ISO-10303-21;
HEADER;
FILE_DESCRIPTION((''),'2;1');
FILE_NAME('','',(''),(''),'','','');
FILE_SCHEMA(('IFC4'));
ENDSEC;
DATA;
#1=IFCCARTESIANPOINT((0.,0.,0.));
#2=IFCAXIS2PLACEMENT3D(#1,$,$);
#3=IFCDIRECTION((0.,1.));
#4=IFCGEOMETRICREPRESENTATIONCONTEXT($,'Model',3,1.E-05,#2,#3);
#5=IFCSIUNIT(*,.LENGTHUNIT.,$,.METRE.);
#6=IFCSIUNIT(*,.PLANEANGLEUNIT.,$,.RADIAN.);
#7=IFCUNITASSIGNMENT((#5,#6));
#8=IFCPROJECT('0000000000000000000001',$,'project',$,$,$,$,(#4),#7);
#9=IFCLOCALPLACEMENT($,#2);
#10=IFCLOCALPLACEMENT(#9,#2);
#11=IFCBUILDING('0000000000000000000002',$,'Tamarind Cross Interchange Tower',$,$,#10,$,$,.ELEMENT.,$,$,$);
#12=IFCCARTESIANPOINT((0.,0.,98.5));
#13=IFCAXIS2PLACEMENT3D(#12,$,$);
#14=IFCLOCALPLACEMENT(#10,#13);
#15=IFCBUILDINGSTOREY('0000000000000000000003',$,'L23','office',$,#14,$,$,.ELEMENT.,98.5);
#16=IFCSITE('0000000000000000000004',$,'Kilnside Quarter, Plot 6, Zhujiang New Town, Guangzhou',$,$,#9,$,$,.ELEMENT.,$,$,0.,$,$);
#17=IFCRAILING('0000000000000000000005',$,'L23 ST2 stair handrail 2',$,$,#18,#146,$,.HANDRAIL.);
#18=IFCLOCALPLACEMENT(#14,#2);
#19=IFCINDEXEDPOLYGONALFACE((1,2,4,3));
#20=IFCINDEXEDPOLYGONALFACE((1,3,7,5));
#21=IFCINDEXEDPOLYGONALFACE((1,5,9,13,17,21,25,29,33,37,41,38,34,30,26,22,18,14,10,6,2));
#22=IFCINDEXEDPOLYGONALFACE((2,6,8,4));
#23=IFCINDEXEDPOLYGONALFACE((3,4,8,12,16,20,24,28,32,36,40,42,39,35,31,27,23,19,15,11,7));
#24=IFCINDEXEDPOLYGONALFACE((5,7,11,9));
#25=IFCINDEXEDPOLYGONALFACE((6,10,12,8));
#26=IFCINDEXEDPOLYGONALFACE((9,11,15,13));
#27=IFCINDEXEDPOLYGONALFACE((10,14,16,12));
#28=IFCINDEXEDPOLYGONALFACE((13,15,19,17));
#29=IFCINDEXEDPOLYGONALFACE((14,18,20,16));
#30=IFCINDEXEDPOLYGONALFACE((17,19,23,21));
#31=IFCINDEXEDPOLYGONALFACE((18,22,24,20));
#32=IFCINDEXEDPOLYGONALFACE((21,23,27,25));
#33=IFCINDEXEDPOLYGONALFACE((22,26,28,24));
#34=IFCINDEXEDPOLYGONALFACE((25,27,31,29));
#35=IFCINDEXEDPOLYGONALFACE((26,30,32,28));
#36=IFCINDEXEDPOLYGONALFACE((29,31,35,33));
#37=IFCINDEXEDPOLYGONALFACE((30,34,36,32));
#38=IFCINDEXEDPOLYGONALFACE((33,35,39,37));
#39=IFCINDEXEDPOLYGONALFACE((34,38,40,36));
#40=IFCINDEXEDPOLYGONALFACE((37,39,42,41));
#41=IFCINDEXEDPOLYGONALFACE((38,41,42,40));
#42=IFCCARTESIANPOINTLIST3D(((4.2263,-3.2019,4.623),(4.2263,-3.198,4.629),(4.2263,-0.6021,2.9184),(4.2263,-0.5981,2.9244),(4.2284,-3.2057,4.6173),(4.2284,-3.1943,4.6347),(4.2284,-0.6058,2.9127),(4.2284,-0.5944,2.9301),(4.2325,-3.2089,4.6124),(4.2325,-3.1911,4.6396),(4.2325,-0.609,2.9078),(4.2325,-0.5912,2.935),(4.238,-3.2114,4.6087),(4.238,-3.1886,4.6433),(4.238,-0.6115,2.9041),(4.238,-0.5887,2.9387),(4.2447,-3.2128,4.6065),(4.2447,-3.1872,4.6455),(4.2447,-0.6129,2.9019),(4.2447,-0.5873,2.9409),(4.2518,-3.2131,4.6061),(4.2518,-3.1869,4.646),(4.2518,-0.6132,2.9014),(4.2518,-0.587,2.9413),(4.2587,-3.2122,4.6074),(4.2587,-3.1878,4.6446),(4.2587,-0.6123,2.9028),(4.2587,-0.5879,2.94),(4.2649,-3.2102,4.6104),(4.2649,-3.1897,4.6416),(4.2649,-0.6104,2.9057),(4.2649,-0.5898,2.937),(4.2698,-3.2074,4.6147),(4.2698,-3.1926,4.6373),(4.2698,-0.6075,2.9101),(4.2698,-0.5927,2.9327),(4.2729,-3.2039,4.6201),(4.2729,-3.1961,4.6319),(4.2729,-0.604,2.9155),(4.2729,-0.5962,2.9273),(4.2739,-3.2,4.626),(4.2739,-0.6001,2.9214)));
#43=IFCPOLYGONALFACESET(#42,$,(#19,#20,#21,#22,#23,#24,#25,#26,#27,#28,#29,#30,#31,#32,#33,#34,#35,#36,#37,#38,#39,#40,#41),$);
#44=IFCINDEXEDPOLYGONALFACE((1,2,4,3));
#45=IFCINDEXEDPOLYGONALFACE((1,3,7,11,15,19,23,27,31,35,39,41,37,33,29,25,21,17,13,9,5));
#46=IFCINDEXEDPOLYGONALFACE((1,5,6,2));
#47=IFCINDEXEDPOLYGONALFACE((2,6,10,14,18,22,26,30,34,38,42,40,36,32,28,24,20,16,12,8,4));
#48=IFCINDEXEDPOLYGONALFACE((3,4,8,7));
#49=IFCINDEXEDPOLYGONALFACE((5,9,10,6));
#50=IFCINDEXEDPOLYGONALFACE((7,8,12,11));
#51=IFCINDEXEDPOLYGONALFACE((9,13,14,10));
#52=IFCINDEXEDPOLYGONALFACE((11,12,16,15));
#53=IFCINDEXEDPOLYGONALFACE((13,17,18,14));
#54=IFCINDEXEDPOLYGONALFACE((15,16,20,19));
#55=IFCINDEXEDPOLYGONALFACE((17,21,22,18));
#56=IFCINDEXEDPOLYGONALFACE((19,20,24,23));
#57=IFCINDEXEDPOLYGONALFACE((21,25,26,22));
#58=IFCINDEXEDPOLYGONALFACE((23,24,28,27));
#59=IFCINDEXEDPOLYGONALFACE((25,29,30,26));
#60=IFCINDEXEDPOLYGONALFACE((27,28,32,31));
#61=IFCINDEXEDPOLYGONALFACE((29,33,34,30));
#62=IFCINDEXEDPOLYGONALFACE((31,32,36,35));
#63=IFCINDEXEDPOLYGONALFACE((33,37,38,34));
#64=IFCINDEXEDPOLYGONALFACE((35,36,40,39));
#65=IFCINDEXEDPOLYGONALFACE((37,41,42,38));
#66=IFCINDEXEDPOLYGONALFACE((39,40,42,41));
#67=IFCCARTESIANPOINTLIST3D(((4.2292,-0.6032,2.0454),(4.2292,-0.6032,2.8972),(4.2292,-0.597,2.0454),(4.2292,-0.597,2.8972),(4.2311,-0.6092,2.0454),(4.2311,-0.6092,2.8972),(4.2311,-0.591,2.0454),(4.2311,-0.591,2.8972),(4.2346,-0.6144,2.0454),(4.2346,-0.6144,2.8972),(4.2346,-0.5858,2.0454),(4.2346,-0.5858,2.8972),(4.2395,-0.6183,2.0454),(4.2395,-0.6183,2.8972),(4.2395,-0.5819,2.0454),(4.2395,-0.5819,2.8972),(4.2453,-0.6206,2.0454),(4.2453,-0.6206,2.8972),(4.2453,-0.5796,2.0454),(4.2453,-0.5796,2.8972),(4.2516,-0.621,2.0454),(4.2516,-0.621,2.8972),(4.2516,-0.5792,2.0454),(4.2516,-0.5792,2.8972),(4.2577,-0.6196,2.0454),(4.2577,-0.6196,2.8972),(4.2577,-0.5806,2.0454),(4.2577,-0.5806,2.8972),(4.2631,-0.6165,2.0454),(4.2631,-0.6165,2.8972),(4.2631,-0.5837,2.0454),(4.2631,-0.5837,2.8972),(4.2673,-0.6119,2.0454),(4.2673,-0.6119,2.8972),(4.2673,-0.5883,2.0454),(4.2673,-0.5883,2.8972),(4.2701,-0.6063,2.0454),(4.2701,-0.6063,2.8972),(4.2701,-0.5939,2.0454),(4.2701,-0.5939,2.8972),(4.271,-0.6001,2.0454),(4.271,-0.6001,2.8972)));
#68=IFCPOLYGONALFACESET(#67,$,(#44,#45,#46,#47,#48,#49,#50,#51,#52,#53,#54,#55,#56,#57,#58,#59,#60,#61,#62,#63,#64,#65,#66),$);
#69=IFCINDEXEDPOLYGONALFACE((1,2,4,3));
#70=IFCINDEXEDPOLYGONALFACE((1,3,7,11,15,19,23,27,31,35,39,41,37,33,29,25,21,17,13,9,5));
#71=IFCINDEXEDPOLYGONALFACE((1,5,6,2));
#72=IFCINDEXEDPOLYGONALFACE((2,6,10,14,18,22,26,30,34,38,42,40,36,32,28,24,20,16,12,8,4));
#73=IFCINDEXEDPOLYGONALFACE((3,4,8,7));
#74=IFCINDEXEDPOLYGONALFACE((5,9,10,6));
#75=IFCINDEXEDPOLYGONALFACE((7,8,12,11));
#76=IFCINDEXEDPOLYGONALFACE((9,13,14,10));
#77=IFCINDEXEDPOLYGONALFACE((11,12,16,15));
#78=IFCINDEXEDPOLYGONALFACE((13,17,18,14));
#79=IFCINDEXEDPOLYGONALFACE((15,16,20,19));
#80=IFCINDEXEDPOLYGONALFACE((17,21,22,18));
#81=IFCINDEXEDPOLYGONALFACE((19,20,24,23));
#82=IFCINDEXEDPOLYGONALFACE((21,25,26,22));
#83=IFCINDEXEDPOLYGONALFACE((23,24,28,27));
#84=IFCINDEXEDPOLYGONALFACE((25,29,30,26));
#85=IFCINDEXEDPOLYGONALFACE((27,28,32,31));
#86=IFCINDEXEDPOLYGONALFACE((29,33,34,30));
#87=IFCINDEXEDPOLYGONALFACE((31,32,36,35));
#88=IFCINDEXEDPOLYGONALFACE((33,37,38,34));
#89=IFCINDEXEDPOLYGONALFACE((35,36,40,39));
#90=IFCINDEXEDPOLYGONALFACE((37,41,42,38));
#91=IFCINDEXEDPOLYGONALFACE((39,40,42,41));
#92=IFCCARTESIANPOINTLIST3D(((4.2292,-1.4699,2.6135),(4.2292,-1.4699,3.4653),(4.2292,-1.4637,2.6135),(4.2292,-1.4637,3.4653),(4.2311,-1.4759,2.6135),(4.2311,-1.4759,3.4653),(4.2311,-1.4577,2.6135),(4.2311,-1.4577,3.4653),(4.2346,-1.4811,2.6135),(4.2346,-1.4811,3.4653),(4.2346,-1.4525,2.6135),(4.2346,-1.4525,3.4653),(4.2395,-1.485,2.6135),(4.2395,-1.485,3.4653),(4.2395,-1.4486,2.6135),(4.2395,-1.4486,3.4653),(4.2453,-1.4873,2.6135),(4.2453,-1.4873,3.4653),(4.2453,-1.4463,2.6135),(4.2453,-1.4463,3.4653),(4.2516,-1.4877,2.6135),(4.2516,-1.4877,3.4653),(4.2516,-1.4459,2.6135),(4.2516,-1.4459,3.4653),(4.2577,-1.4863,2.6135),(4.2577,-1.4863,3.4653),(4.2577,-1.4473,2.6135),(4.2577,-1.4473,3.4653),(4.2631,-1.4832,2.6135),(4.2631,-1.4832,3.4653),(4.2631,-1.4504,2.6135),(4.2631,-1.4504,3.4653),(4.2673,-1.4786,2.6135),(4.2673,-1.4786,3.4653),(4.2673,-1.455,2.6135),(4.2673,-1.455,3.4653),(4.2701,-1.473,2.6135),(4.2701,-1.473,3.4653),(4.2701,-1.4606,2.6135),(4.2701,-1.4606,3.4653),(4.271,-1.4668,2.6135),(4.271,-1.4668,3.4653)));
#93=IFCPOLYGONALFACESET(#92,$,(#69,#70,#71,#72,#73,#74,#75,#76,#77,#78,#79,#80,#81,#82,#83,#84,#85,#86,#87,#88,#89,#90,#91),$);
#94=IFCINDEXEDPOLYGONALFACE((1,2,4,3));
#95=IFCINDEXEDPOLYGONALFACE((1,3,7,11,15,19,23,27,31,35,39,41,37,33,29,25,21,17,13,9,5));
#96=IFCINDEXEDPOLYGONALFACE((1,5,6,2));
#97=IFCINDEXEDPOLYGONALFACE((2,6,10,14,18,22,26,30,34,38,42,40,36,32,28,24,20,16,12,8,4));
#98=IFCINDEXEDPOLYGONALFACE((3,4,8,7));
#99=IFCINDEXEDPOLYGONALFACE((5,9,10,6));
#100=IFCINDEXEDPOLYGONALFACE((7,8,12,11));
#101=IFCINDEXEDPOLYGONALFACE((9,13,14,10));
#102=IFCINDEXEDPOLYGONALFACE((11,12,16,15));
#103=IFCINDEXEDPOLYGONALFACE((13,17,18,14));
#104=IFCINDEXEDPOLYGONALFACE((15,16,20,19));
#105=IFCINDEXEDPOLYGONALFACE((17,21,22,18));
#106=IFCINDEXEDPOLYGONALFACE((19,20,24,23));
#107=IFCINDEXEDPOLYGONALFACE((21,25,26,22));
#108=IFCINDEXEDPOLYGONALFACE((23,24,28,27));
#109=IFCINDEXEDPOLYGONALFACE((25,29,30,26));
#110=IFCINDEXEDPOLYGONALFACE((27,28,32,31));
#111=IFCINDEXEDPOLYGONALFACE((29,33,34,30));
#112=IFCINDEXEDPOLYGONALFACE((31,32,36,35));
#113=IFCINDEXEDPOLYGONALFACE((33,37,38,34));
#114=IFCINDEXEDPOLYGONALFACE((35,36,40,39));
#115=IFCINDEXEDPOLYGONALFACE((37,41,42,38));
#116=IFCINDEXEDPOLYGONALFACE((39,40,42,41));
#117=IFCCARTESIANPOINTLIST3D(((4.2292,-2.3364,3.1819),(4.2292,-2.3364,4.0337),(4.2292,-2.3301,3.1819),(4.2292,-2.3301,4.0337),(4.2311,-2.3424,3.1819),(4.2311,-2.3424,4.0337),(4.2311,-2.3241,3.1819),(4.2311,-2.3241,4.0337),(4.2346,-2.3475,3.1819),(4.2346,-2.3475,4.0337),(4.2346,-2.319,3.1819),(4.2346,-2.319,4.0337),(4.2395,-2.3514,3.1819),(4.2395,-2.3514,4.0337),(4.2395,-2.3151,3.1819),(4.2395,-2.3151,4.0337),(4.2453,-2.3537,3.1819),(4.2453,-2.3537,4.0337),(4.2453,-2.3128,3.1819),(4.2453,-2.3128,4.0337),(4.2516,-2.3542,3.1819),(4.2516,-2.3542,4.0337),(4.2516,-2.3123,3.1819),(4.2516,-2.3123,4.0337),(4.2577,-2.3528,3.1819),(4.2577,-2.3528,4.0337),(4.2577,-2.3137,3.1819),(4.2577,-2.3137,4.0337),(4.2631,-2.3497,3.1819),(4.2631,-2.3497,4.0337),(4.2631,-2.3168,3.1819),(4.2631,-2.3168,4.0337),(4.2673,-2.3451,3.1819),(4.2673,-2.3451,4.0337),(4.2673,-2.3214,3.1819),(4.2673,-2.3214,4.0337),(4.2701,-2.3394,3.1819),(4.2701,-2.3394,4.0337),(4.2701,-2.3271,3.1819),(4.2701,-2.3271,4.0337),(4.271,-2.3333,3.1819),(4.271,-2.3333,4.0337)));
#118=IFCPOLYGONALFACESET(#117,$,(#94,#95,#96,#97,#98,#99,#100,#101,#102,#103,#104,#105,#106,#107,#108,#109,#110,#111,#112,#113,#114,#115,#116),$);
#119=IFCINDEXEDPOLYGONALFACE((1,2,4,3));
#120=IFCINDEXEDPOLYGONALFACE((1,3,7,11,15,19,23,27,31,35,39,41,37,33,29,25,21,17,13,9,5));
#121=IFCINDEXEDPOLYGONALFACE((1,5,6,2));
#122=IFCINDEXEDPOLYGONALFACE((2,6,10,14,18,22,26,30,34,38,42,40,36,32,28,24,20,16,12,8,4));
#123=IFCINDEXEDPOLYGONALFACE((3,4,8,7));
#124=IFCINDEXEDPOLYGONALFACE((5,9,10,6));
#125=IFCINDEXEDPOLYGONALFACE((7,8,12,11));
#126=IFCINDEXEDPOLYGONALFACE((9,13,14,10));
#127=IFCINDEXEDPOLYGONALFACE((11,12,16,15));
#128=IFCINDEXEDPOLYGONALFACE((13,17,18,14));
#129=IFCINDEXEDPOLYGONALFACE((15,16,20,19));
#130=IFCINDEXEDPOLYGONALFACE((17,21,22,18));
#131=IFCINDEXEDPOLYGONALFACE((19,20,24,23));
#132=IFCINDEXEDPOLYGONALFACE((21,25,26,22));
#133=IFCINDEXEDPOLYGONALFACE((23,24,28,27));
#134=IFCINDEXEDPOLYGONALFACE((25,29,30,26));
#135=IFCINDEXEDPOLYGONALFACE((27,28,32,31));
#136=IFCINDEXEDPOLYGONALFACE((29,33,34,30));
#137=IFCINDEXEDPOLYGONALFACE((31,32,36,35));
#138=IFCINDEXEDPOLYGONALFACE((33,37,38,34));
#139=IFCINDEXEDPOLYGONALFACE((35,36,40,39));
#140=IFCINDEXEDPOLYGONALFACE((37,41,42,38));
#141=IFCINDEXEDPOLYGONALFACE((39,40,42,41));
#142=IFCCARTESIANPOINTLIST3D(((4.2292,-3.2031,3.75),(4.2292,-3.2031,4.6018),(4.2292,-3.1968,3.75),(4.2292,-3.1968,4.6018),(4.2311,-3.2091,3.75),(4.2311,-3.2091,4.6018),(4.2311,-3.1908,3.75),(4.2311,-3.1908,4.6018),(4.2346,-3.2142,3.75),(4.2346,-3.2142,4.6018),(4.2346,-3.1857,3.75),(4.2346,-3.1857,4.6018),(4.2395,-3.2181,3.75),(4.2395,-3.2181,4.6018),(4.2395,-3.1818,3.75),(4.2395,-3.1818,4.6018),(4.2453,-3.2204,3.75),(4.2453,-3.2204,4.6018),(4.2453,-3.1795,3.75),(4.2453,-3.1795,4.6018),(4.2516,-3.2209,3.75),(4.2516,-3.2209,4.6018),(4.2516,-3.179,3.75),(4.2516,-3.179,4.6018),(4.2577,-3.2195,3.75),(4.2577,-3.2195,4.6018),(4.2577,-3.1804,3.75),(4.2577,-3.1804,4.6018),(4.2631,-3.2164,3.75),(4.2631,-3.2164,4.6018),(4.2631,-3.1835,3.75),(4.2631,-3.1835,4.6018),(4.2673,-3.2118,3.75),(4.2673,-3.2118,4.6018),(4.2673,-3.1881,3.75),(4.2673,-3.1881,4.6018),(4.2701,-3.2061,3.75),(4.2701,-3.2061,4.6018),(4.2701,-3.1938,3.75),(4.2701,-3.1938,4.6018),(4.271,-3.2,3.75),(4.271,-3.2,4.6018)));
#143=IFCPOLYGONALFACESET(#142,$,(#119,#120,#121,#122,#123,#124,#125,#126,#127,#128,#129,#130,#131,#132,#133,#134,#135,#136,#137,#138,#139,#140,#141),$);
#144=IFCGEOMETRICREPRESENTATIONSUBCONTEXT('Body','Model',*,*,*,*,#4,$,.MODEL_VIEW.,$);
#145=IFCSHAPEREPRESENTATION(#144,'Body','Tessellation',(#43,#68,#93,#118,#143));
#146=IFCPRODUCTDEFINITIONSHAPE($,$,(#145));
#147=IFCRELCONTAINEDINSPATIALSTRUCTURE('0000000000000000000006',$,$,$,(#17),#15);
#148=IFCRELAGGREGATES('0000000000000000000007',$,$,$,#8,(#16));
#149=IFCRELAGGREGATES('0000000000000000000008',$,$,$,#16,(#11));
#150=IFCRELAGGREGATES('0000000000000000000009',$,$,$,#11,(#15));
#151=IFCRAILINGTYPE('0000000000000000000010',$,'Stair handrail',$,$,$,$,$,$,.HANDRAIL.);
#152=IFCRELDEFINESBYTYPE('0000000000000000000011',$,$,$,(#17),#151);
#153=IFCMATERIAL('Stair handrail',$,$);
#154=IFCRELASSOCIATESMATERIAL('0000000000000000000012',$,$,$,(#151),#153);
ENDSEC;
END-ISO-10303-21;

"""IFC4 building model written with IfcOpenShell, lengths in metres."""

from ifc_helpers import new_model, si_unit, direction, frame, origin, origin_2d, place, context, subcontext, project, spatial, circle, extrude, material, type_object, element, save


model = new_model("IFC4")

# Units and contexts
model_context = context("Model", 3, precision=1e-05, world=origin(), true_north=direction((0.0, 1.0)))
body_context = subcontext(model_context, "Body", "Model", "MODEL_VIEW")
ifc_project = project(units=[si_unit("LENGTHUNIT", "METRE"), si_unit("PLANEANGLEUNIT", "RADIAN")], contexts=[model_context])

# Site, building, storey
site_placement = place(None, origin())
site = spatial("IfcSite", under=ifc_project, at=site_placement, Name="Kilnside Quarter, Plot 6, Zhujiang New Town, Guangzhou", CompositionType="ELEMENT", RefElevation=0.0)
building_placement = place(site_placement, origin())
building = spatial("IfcBuilding", under=site, at=building_placement, Name="Tamarind Cross Interchange Tower", CompositionType="ELEMENT")
storey_placement = place(building_placement, frame((0.0, 0.0, 98.5)))
storey = spatial("IfcBuildingStorey", under=building, at=storey_placement, Name="L23", Description="office", CompositionType="ELEMENT", Elevation=98.5)

# Railing
ifc_material_1 = material(Name="Stair handrail")
railing_type_1 = type_object("IfcRailingType", Name="Stair handrail", PredefinedType="HANDRAIL", material=ifc_material_1)
railing_1_placement = place(storey_placement, frame((4.25, -0.6001, 2.0454)))
element("IfcRailing", 1, at=railing_1_placement, inside=storey, type_object=railing_type_1, Name="L23 ST2 stair handrail 2", PredefinedType="HANDRAIL", context=body_context, shape_type="SweptSolid", body=[
    extrude(circle(Radius=0.0239, at=origin_2d()), frame((0.0, 0.0, 0.876), z_axis=(0.0, -0.836279, 0.548305), x_axis=(1.0, 0.0, 0.0)), (0.0, 0.0, 1.0), 3.1089),
    extrude(circle(Radius=0.021, at=origin_2d()), origin(), (0.0, 0.0, 1.0), 0.8518),
    extrude(circle(Radius=0.021, at=origin_2d()), frame((0.0, -0.8667, 0.5681)), (0.0, 0.0, 1.0), 0.8518),
    extrude(circle(Radius=0.021, at=origin_2d()), frame((0.0, -1.7332, 1.1365)), (0.0, 0.0, 1.0), 0.8518),
    extrude(circle(Radius=0.021, at=origin_2d()), frame((0.0, -2.5999, 1.7046)), (0.0, 0.0, 1.0), 0.8518),
])

save(model, "model.ifc")
